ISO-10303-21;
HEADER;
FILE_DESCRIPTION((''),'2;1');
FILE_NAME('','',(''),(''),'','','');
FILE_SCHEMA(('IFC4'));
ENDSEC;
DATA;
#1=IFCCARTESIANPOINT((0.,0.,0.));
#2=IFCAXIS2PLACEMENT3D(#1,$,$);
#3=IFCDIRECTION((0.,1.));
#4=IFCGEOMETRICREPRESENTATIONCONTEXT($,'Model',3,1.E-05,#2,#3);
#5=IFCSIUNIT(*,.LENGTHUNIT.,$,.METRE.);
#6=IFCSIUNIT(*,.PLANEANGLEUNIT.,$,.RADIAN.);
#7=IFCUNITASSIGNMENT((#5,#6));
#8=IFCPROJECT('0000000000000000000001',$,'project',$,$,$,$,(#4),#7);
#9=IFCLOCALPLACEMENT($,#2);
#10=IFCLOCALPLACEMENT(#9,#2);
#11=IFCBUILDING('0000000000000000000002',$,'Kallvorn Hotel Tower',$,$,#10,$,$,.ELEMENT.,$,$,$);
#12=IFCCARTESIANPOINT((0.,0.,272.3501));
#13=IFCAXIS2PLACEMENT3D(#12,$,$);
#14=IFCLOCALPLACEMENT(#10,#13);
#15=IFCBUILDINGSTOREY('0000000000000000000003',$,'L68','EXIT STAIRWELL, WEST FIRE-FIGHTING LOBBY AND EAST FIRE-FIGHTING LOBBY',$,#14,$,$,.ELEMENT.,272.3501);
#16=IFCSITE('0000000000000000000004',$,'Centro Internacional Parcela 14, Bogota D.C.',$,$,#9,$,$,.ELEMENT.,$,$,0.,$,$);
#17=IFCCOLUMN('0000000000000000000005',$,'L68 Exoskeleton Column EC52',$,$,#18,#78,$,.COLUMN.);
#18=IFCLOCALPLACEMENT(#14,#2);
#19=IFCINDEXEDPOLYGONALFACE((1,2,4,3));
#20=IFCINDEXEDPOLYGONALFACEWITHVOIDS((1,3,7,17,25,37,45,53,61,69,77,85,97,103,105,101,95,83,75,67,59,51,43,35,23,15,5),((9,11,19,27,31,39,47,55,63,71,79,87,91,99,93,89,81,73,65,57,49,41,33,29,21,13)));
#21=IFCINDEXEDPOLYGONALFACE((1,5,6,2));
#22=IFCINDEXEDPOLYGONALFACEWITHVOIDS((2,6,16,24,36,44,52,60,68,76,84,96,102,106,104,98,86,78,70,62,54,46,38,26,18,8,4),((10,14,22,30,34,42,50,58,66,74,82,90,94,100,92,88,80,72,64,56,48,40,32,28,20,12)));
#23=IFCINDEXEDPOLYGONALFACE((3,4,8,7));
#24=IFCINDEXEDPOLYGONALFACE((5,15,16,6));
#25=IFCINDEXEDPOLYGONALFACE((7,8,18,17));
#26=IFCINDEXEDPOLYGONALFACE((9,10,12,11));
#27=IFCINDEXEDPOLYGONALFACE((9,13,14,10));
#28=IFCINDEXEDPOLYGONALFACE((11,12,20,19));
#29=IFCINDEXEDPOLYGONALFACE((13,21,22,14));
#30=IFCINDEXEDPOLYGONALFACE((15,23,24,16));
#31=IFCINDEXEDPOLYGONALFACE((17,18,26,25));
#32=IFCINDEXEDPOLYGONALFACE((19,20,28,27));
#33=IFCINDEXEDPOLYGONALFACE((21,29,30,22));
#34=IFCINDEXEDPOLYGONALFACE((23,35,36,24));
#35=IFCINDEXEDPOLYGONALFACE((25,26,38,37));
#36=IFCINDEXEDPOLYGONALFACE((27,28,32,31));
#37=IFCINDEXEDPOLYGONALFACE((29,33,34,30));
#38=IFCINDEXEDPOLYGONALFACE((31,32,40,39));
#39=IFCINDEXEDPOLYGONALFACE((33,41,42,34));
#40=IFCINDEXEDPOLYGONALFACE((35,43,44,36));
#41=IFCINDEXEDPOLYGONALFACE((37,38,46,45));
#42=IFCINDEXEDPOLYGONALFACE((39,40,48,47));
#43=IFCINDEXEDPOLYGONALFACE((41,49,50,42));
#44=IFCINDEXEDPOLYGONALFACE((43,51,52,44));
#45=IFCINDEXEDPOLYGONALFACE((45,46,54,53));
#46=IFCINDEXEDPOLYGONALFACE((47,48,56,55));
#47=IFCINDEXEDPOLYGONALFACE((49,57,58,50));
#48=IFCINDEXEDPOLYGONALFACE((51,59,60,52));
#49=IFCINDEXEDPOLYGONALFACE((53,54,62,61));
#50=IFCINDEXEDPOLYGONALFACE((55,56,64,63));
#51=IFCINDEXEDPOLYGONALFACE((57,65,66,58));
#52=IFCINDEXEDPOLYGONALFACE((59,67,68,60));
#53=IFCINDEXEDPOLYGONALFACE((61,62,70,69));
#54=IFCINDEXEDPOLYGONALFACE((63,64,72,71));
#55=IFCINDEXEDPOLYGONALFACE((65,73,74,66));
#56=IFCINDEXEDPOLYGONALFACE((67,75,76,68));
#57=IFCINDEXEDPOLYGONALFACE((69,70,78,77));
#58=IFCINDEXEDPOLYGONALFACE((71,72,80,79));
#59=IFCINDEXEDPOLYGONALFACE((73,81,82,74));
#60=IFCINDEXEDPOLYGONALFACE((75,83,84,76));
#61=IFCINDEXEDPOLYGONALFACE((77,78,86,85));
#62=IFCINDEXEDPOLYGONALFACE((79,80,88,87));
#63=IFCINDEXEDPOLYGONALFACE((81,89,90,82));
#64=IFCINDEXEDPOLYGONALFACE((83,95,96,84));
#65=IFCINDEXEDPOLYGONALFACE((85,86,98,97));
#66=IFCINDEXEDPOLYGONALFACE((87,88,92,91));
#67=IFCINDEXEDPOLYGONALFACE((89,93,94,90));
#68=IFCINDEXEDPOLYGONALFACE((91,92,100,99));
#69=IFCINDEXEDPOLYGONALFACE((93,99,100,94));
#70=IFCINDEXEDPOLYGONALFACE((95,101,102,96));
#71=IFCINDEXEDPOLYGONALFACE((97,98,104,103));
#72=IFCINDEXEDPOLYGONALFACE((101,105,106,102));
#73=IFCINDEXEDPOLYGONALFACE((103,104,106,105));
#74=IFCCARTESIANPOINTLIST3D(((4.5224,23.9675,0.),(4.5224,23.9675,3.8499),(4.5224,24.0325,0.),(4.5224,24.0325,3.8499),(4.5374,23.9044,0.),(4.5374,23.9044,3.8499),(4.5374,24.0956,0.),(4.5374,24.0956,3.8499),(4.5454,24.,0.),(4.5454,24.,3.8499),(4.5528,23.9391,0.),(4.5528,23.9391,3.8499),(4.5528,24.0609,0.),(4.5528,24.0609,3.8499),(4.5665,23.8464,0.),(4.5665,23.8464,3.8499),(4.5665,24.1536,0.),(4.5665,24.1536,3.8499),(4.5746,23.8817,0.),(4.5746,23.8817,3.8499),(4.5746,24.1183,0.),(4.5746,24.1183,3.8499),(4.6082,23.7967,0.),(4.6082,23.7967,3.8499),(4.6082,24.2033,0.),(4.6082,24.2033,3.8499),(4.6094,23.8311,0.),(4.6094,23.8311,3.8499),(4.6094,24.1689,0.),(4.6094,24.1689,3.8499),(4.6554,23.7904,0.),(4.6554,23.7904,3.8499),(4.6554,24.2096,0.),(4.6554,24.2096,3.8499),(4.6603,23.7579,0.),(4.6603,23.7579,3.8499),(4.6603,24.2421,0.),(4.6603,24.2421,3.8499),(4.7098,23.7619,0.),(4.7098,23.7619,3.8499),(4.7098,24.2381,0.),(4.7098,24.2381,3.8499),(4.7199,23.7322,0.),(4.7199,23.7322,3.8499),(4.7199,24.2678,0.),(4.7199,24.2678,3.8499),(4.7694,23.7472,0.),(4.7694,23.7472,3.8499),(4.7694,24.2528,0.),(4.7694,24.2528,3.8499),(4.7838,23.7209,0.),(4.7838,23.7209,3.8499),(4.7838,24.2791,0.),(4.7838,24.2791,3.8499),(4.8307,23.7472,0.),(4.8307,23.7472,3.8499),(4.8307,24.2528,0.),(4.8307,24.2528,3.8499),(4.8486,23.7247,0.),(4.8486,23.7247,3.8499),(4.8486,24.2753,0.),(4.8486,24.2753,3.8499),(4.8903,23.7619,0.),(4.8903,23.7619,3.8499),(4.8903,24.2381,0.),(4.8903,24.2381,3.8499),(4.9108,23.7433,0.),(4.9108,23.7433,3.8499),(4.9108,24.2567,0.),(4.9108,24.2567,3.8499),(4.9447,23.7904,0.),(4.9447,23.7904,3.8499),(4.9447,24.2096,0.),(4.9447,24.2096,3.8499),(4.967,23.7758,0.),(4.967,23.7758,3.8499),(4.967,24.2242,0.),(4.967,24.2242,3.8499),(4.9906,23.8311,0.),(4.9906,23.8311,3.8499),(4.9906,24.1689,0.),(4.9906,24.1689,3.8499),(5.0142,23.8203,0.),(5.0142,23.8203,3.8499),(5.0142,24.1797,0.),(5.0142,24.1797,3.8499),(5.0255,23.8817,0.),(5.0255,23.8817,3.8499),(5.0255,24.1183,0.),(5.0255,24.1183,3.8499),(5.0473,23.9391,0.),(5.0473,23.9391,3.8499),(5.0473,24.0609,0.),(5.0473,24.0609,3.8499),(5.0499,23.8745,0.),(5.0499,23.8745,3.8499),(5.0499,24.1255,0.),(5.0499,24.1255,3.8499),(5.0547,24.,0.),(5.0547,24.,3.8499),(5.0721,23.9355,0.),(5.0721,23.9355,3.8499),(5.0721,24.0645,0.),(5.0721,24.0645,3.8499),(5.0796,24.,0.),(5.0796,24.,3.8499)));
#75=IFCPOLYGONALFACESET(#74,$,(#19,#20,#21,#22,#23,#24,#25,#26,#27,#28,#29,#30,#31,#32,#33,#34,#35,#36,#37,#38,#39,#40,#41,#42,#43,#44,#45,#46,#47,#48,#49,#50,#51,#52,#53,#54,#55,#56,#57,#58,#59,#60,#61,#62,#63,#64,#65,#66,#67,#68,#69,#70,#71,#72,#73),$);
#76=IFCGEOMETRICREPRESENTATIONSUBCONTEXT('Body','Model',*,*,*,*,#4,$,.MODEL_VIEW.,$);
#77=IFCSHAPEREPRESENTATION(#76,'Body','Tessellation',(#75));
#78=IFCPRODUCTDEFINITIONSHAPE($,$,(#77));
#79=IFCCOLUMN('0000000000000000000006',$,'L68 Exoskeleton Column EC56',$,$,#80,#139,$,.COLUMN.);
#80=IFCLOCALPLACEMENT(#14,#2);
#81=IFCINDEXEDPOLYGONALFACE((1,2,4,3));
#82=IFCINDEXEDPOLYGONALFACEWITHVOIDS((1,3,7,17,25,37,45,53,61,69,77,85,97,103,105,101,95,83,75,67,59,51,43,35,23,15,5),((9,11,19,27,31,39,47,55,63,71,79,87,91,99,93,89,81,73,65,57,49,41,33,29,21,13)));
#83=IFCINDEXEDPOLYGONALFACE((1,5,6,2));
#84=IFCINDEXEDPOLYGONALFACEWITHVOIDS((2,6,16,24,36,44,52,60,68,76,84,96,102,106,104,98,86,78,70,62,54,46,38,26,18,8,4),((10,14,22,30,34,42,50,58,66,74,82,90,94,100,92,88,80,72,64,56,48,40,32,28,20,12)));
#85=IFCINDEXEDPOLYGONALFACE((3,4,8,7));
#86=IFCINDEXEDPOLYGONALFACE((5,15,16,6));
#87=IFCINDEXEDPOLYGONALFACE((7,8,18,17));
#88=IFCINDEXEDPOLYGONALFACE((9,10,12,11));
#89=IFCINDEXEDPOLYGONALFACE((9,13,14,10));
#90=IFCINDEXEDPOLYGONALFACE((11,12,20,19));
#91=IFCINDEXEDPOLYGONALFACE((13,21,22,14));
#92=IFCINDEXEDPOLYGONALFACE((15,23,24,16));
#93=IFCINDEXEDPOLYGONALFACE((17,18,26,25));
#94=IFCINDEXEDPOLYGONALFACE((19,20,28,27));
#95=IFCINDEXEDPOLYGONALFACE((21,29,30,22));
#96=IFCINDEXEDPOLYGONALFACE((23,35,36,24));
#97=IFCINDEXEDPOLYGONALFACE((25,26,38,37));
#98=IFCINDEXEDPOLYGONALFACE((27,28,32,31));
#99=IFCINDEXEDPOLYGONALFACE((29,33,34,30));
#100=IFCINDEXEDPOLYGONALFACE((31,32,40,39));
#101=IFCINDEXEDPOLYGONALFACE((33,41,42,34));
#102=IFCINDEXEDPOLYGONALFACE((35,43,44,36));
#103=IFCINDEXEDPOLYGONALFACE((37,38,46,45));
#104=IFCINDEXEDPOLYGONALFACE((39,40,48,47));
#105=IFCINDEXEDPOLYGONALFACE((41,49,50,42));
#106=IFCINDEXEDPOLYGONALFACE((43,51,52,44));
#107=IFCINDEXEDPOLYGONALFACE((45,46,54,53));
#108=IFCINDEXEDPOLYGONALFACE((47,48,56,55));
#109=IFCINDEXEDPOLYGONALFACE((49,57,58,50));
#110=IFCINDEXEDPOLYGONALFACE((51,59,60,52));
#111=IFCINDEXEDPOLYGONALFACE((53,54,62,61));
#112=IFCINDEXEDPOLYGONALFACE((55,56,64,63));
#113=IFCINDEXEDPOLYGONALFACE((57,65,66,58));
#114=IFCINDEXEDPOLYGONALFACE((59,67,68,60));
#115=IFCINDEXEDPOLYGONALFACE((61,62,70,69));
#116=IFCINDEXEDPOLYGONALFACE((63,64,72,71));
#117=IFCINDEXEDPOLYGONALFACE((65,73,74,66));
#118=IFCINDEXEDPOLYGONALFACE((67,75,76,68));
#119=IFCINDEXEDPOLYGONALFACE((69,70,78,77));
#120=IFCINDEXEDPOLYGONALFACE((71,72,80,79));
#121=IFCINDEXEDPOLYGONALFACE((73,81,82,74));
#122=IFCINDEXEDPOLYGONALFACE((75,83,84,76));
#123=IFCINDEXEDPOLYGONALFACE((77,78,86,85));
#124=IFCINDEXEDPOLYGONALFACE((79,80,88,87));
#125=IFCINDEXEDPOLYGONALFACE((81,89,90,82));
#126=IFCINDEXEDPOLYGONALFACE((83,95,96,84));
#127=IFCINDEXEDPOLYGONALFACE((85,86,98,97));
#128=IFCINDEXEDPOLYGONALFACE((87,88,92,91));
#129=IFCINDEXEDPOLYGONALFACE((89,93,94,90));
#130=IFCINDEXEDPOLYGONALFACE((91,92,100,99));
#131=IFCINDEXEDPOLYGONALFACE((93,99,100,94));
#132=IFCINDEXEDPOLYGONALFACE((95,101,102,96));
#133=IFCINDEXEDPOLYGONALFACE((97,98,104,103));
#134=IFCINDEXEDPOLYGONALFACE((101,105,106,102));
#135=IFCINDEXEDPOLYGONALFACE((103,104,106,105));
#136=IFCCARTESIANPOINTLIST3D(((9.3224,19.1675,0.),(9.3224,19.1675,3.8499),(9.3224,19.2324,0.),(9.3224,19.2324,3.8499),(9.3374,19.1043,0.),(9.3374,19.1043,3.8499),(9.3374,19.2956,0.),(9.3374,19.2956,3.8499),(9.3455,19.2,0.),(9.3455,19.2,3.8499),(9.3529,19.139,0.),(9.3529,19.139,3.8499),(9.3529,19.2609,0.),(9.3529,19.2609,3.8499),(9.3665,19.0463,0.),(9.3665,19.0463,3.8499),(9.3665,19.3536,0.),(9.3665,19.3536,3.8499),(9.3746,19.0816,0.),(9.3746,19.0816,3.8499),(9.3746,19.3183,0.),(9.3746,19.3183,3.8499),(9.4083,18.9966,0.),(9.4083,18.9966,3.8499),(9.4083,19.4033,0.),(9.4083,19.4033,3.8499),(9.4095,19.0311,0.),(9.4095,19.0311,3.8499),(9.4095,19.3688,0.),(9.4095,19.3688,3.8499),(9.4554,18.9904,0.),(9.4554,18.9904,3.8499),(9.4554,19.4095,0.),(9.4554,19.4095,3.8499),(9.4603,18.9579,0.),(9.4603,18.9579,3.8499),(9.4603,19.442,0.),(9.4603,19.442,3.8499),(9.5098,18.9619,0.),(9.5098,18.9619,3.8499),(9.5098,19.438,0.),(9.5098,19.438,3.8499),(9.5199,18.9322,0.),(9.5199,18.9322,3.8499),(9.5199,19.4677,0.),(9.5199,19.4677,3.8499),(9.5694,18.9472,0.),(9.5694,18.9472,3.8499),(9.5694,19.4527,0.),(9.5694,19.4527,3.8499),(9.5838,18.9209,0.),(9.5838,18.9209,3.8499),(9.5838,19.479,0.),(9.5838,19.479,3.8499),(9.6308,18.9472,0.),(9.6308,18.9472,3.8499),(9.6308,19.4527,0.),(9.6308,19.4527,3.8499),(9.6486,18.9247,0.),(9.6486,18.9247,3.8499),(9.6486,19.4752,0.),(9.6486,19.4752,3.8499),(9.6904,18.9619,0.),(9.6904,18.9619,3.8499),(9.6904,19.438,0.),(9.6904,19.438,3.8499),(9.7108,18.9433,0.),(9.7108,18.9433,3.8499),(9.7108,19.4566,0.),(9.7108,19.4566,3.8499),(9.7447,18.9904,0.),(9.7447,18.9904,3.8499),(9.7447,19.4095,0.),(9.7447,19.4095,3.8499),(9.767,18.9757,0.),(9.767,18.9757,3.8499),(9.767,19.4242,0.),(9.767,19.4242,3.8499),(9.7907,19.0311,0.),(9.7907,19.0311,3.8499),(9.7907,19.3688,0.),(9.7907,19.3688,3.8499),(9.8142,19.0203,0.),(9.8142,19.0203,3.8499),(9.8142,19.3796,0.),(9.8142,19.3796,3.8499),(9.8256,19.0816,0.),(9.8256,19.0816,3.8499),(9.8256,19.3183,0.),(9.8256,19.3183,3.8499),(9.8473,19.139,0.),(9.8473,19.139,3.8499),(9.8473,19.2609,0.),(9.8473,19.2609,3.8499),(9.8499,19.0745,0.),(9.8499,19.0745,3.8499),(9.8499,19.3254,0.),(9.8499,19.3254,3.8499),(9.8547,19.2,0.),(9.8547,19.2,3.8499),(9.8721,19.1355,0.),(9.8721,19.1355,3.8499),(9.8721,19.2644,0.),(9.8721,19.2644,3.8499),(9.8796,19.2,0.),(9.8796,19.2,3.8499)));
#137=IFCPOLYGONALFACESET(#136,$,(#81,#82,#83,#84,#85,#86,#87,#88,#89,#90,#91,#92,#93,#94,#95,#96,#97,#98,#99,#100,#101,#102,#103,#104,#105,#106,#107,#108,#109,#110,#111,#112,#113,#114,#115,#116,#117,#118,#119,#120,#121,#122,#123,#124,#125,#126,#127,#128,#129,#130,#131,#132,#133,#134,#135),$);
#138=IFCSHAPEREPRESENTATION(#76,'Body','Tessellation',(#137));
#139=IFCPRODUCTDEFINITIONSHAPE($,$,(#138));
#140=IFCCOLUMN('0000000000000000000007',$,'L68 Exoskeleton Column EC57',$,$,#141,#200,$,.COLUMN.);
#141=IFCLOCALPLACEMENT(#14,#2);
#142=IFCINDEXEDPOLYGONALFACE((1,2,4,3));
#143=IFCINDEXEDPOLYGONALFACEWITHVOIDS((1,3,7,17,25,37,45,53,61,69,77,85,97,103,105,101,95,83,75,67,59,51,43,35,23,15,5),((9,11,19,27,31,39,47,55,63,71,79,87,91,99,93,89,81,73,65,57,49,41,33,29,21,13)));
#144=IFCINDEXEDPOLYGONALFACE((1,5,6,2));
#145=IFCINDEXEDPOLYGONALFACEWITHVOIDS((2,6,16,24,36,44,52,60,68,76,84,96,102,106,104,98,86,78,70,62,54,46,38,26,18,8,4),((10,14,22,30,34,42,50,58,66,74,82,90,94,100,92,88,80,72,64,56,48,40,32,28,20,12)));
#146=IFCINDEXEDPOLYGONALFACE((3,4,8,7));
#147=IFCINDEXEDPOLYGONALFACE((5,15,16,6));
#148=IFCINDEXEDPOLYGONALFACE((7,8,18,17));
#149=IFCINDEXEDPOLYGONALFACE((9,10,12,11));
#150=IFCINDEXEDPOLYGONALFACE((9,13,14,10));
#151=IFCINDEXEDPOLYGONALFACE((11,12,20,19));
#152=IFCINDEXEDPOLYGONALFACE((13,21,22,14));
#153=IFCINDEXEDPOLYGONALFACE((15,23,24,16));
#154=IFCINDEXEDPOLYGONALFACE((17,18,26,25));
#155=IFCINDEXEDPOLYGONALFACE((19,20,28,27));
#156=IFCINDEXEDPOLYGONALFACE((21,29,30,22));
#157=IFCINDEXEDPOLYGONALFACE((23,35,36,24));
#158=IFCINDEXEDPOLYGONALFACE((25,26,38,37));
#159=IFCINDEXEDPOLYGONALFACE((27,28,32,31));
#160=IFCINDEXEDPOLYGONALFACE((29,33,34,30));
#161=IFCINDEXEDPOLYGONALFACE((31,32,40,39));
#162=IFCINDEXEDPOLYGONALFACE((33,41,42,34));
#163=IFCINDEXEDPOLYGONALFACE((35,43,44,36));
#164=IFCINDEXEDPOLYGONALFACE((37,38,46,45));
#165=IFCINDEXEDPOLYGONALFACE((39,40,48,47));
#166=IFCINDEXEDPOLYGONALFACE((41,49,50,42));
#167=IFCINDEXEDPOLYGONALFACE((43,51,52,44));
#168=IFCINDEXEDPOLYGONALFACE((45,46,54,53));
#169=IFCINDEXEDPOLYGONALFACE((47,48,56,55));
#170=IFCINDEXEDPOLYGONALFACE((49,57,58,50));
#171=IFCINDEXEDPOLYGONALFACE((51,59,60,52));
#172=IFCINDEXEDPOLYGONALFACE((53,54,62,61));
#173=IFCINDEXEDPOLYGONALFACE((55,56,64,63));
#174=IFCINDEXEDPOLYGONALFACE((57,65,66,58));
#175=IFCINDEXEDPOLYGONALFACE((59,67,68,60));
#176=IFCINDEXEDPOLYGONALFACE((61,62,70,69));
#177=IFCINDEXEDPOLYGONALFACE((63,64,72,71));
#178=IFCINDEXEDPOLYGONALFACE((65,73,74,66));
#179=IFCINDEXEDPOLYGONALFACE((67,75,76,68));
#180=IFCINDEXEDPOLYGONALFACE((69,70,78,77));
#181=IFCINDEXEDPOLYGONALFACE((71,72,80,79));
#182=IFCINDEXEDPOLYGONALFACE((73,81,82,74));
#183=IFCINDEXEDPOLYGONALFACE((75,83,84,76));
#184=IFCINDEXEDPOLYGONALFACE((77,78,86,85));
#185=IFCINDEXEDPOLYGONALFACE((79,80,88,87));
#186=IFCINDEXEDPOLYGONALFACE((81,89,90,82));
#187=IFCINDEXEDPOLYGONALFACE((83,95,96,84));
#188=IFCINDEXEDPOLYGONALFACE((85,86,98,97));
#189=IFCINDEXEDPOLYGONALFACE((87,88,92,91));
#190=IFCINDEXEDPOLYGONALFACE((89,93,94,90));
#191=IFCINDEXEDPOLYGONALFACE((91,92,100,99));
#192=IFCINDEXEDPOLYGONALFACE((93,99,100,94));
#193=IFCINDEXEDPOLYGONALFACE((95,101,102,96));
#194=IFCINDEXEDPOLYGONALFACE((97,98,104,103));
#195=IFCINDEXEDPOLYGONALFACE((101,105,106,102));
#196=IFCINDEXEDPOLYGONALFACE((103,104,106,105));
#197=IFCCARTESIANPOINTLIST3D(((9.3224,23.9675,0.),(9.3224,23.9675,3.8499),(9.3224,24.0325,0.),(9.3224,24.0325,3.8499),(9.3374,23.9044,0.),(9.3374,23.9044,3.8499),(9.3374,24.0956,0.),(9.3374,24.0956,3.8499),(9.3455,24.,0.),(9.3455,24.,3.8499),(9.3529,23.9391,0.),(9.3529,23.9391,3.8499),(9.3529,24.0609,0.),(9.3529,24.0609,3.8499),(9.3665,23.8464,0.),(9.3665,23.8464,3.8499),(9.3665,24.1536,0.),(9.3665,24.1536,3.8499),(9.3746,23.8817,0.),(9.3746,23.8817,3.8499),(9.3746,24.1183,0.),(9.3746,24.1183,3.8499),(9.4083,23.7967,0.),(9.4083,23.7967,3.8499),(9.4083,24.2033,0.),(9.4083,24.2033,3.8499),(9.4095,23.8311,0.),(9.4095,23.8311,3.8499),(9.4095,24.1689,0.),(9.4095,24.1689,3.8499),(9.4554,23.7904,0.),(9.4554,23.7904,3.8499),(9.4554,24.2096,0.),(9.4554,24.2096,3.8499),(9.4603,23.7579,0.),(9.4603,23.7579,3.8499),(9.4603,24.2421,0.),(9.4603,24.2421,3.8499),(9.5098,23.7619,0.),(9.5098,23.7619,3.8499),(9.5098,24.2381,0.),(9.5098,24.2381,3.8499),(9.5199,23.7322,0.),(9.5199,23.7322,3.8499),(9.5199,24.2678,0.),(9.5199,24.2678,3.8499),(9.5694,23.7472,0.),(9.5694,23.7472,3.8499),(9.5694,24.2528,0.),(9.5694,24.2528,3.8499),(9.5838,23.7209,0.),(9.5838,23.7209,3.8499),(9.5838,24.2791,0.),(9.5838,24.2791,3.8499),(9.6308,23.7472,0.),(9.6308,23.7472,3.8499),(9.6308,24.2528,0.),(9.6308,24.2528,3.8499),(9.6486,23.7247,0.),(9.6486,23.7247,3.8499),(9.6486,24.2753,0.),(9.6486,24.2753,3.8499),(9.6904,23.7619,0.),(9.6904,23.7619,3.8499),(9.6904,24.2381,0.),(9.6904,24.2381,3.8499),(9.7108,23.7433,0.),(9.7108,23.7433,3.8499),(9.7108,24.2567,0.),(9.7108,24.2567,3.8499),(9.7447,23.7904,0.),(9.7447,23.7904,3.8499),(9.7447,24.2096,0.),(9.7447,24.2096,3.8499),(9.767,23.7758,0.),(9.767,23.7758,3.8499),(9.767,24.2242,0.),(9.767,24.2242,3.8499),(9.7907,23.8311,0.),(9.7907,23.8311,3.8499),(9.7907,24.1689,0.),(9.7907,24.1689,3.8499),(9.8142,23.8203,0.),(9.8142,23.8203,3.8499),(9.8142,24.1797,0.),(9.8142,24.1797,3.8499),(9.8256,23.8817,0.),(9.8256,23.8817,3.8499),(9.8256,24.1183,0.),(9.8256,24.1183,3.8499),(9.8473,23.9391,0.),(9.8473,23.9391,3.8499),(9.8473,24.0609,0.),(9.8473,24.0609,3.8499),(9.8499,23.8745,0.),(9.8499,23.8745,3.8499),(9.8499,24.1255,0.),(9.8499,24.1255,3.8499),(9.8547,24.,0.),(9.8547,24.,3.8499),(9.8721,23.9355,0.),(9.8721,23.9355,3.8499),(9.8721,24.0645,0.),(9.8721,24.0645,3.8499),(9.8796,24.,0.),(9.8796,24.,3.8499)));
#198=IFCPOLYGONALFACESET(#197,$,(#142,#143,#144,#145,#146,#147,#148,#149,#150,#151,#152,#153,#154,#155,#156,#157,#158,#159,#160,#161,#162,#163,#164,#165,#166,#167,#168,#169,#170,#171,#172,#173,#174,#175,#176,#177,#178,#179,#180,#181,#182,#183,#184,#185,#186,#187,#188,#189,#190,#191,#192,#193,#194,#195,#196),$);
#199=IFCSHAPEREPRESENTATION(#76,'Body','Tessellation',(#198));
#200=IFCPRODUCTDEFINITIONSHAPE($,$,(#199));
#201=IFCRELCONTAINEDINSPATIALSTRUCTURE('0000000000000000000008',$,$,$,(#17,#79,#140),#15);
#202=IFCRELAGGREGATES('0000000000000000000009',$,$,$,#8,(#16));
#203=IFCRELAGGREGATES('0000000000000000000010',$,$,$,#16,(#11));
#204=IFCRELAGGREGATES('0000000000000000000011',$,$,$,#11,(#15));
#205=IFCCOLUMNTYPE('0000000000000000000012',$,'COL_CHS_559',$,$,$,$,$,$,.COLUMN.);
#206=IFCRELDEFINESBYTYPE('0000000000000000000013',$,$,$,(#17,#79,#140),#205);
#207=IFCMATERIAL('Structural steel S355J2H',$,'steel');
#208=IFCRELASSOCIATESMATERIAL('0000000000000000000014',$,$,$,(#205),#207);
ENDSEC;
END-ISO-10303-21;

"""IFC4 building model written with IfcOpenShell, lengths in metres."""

from ifc_helpers import new_model, si_unit, direction, frame, origin, origin_2d, place, context, subcontext, project, spatial, hollow_circle, extrude, material, material_profile, profile_set, type_object, element, save


model = new_model("IFC4")

# Units and contexts
model_context = context("Model", 3, precision=1e-05, world=origin(), true_north=direction((0.0, 1.0)))
body_context = subcontext(model_context, "Body", "Model", "MODEL_VIEW")
ifc_project = project(units=[si_unit("LENGTHUNIT", "METRE"), si_unit("PLANEANGLEUNIT", "RADIAN")], contexts=[model_context])

# Site, building, storey
site_placement = place(None, origin())
site = spatial("IfcSite", under=ifc_project, at=site_placement, Name="Centro Internacional Parcela 14, Bogota D.C.", CompositionType="ELEMENT", RefElevation=0.0)
building_placement = place(site_placement, origin())
building = spatial("IfcBuilding", under=site, at=building_placement, Name="Kallvorn Hotel Tower", CompositionType="ELEMENT")
storey_placement = place(building_placement, frame((0.0, 0.0, 272.3501)))
storey = spatial("IfcBuildingStorey", under=building, at=storey_placement, Name="L68", Description="EXIT STAIRWELL, WEST FIRE-FIGHTING LOBBY AND EAST FIRE-FIGHTING LOBBY", CompositionType="ELEMENT", Elevation=272.3501)

# Columns
ifc_material_1 = material(Name="Structural steel S355J2H", Category="steel")
ifc_material_profile_1 = material_profile(ifc_material_1, hollow_circle(Radius=0.2795, WallThickness=0.0249, at=origin_2d()), Name="CHS 559x25")
ifc_profile_set_1 = profile_set([ifc_material_profile_1], Name="Structural steel S355J2H")
column_type_1 = type_object("IfcColumnType", Name="COL_CHS_559", PredefinedType="COLUMN", material=ifc_profile_set_1)
for number, where, z_axis, x_axis, name in (
    (1, (4.8, 24.0, 0.0), (0.0, 0.0, 1.0), (1.0, 0.0, 0.0), "L68 Exoskeleton Column EC52"),
    (2, (9.6001, 19.2, 0.0), (0.0, 0.0, 1.0), (1.0, 0.0, 0.0), "L68 Exoskeleton Column EC56"),
    (3, (9.6001, 24.0, 0.0), (0.0, 0.0, 1.0), (1.0, 0.0, 0.0), "L68 Exoskeleton Column EC57"),
):
    element("IfcColumn", number, at=place(storey_placement, frame(where, z_axis=z_axis, x_axis=x_axis)), inside=storey, type_object=column_type_1, Name=name, PredefinedType="COLUMN", context=body_context, shape_type="SweptSolid", body=[
        extrude(hollow_circle(Radius=0.2795, WallThickness=0.0249, at=origin_2d()), origin(), (0.0, 0.0, 1.0), 3.8499),
    ])

save(model, "model.ifc")
